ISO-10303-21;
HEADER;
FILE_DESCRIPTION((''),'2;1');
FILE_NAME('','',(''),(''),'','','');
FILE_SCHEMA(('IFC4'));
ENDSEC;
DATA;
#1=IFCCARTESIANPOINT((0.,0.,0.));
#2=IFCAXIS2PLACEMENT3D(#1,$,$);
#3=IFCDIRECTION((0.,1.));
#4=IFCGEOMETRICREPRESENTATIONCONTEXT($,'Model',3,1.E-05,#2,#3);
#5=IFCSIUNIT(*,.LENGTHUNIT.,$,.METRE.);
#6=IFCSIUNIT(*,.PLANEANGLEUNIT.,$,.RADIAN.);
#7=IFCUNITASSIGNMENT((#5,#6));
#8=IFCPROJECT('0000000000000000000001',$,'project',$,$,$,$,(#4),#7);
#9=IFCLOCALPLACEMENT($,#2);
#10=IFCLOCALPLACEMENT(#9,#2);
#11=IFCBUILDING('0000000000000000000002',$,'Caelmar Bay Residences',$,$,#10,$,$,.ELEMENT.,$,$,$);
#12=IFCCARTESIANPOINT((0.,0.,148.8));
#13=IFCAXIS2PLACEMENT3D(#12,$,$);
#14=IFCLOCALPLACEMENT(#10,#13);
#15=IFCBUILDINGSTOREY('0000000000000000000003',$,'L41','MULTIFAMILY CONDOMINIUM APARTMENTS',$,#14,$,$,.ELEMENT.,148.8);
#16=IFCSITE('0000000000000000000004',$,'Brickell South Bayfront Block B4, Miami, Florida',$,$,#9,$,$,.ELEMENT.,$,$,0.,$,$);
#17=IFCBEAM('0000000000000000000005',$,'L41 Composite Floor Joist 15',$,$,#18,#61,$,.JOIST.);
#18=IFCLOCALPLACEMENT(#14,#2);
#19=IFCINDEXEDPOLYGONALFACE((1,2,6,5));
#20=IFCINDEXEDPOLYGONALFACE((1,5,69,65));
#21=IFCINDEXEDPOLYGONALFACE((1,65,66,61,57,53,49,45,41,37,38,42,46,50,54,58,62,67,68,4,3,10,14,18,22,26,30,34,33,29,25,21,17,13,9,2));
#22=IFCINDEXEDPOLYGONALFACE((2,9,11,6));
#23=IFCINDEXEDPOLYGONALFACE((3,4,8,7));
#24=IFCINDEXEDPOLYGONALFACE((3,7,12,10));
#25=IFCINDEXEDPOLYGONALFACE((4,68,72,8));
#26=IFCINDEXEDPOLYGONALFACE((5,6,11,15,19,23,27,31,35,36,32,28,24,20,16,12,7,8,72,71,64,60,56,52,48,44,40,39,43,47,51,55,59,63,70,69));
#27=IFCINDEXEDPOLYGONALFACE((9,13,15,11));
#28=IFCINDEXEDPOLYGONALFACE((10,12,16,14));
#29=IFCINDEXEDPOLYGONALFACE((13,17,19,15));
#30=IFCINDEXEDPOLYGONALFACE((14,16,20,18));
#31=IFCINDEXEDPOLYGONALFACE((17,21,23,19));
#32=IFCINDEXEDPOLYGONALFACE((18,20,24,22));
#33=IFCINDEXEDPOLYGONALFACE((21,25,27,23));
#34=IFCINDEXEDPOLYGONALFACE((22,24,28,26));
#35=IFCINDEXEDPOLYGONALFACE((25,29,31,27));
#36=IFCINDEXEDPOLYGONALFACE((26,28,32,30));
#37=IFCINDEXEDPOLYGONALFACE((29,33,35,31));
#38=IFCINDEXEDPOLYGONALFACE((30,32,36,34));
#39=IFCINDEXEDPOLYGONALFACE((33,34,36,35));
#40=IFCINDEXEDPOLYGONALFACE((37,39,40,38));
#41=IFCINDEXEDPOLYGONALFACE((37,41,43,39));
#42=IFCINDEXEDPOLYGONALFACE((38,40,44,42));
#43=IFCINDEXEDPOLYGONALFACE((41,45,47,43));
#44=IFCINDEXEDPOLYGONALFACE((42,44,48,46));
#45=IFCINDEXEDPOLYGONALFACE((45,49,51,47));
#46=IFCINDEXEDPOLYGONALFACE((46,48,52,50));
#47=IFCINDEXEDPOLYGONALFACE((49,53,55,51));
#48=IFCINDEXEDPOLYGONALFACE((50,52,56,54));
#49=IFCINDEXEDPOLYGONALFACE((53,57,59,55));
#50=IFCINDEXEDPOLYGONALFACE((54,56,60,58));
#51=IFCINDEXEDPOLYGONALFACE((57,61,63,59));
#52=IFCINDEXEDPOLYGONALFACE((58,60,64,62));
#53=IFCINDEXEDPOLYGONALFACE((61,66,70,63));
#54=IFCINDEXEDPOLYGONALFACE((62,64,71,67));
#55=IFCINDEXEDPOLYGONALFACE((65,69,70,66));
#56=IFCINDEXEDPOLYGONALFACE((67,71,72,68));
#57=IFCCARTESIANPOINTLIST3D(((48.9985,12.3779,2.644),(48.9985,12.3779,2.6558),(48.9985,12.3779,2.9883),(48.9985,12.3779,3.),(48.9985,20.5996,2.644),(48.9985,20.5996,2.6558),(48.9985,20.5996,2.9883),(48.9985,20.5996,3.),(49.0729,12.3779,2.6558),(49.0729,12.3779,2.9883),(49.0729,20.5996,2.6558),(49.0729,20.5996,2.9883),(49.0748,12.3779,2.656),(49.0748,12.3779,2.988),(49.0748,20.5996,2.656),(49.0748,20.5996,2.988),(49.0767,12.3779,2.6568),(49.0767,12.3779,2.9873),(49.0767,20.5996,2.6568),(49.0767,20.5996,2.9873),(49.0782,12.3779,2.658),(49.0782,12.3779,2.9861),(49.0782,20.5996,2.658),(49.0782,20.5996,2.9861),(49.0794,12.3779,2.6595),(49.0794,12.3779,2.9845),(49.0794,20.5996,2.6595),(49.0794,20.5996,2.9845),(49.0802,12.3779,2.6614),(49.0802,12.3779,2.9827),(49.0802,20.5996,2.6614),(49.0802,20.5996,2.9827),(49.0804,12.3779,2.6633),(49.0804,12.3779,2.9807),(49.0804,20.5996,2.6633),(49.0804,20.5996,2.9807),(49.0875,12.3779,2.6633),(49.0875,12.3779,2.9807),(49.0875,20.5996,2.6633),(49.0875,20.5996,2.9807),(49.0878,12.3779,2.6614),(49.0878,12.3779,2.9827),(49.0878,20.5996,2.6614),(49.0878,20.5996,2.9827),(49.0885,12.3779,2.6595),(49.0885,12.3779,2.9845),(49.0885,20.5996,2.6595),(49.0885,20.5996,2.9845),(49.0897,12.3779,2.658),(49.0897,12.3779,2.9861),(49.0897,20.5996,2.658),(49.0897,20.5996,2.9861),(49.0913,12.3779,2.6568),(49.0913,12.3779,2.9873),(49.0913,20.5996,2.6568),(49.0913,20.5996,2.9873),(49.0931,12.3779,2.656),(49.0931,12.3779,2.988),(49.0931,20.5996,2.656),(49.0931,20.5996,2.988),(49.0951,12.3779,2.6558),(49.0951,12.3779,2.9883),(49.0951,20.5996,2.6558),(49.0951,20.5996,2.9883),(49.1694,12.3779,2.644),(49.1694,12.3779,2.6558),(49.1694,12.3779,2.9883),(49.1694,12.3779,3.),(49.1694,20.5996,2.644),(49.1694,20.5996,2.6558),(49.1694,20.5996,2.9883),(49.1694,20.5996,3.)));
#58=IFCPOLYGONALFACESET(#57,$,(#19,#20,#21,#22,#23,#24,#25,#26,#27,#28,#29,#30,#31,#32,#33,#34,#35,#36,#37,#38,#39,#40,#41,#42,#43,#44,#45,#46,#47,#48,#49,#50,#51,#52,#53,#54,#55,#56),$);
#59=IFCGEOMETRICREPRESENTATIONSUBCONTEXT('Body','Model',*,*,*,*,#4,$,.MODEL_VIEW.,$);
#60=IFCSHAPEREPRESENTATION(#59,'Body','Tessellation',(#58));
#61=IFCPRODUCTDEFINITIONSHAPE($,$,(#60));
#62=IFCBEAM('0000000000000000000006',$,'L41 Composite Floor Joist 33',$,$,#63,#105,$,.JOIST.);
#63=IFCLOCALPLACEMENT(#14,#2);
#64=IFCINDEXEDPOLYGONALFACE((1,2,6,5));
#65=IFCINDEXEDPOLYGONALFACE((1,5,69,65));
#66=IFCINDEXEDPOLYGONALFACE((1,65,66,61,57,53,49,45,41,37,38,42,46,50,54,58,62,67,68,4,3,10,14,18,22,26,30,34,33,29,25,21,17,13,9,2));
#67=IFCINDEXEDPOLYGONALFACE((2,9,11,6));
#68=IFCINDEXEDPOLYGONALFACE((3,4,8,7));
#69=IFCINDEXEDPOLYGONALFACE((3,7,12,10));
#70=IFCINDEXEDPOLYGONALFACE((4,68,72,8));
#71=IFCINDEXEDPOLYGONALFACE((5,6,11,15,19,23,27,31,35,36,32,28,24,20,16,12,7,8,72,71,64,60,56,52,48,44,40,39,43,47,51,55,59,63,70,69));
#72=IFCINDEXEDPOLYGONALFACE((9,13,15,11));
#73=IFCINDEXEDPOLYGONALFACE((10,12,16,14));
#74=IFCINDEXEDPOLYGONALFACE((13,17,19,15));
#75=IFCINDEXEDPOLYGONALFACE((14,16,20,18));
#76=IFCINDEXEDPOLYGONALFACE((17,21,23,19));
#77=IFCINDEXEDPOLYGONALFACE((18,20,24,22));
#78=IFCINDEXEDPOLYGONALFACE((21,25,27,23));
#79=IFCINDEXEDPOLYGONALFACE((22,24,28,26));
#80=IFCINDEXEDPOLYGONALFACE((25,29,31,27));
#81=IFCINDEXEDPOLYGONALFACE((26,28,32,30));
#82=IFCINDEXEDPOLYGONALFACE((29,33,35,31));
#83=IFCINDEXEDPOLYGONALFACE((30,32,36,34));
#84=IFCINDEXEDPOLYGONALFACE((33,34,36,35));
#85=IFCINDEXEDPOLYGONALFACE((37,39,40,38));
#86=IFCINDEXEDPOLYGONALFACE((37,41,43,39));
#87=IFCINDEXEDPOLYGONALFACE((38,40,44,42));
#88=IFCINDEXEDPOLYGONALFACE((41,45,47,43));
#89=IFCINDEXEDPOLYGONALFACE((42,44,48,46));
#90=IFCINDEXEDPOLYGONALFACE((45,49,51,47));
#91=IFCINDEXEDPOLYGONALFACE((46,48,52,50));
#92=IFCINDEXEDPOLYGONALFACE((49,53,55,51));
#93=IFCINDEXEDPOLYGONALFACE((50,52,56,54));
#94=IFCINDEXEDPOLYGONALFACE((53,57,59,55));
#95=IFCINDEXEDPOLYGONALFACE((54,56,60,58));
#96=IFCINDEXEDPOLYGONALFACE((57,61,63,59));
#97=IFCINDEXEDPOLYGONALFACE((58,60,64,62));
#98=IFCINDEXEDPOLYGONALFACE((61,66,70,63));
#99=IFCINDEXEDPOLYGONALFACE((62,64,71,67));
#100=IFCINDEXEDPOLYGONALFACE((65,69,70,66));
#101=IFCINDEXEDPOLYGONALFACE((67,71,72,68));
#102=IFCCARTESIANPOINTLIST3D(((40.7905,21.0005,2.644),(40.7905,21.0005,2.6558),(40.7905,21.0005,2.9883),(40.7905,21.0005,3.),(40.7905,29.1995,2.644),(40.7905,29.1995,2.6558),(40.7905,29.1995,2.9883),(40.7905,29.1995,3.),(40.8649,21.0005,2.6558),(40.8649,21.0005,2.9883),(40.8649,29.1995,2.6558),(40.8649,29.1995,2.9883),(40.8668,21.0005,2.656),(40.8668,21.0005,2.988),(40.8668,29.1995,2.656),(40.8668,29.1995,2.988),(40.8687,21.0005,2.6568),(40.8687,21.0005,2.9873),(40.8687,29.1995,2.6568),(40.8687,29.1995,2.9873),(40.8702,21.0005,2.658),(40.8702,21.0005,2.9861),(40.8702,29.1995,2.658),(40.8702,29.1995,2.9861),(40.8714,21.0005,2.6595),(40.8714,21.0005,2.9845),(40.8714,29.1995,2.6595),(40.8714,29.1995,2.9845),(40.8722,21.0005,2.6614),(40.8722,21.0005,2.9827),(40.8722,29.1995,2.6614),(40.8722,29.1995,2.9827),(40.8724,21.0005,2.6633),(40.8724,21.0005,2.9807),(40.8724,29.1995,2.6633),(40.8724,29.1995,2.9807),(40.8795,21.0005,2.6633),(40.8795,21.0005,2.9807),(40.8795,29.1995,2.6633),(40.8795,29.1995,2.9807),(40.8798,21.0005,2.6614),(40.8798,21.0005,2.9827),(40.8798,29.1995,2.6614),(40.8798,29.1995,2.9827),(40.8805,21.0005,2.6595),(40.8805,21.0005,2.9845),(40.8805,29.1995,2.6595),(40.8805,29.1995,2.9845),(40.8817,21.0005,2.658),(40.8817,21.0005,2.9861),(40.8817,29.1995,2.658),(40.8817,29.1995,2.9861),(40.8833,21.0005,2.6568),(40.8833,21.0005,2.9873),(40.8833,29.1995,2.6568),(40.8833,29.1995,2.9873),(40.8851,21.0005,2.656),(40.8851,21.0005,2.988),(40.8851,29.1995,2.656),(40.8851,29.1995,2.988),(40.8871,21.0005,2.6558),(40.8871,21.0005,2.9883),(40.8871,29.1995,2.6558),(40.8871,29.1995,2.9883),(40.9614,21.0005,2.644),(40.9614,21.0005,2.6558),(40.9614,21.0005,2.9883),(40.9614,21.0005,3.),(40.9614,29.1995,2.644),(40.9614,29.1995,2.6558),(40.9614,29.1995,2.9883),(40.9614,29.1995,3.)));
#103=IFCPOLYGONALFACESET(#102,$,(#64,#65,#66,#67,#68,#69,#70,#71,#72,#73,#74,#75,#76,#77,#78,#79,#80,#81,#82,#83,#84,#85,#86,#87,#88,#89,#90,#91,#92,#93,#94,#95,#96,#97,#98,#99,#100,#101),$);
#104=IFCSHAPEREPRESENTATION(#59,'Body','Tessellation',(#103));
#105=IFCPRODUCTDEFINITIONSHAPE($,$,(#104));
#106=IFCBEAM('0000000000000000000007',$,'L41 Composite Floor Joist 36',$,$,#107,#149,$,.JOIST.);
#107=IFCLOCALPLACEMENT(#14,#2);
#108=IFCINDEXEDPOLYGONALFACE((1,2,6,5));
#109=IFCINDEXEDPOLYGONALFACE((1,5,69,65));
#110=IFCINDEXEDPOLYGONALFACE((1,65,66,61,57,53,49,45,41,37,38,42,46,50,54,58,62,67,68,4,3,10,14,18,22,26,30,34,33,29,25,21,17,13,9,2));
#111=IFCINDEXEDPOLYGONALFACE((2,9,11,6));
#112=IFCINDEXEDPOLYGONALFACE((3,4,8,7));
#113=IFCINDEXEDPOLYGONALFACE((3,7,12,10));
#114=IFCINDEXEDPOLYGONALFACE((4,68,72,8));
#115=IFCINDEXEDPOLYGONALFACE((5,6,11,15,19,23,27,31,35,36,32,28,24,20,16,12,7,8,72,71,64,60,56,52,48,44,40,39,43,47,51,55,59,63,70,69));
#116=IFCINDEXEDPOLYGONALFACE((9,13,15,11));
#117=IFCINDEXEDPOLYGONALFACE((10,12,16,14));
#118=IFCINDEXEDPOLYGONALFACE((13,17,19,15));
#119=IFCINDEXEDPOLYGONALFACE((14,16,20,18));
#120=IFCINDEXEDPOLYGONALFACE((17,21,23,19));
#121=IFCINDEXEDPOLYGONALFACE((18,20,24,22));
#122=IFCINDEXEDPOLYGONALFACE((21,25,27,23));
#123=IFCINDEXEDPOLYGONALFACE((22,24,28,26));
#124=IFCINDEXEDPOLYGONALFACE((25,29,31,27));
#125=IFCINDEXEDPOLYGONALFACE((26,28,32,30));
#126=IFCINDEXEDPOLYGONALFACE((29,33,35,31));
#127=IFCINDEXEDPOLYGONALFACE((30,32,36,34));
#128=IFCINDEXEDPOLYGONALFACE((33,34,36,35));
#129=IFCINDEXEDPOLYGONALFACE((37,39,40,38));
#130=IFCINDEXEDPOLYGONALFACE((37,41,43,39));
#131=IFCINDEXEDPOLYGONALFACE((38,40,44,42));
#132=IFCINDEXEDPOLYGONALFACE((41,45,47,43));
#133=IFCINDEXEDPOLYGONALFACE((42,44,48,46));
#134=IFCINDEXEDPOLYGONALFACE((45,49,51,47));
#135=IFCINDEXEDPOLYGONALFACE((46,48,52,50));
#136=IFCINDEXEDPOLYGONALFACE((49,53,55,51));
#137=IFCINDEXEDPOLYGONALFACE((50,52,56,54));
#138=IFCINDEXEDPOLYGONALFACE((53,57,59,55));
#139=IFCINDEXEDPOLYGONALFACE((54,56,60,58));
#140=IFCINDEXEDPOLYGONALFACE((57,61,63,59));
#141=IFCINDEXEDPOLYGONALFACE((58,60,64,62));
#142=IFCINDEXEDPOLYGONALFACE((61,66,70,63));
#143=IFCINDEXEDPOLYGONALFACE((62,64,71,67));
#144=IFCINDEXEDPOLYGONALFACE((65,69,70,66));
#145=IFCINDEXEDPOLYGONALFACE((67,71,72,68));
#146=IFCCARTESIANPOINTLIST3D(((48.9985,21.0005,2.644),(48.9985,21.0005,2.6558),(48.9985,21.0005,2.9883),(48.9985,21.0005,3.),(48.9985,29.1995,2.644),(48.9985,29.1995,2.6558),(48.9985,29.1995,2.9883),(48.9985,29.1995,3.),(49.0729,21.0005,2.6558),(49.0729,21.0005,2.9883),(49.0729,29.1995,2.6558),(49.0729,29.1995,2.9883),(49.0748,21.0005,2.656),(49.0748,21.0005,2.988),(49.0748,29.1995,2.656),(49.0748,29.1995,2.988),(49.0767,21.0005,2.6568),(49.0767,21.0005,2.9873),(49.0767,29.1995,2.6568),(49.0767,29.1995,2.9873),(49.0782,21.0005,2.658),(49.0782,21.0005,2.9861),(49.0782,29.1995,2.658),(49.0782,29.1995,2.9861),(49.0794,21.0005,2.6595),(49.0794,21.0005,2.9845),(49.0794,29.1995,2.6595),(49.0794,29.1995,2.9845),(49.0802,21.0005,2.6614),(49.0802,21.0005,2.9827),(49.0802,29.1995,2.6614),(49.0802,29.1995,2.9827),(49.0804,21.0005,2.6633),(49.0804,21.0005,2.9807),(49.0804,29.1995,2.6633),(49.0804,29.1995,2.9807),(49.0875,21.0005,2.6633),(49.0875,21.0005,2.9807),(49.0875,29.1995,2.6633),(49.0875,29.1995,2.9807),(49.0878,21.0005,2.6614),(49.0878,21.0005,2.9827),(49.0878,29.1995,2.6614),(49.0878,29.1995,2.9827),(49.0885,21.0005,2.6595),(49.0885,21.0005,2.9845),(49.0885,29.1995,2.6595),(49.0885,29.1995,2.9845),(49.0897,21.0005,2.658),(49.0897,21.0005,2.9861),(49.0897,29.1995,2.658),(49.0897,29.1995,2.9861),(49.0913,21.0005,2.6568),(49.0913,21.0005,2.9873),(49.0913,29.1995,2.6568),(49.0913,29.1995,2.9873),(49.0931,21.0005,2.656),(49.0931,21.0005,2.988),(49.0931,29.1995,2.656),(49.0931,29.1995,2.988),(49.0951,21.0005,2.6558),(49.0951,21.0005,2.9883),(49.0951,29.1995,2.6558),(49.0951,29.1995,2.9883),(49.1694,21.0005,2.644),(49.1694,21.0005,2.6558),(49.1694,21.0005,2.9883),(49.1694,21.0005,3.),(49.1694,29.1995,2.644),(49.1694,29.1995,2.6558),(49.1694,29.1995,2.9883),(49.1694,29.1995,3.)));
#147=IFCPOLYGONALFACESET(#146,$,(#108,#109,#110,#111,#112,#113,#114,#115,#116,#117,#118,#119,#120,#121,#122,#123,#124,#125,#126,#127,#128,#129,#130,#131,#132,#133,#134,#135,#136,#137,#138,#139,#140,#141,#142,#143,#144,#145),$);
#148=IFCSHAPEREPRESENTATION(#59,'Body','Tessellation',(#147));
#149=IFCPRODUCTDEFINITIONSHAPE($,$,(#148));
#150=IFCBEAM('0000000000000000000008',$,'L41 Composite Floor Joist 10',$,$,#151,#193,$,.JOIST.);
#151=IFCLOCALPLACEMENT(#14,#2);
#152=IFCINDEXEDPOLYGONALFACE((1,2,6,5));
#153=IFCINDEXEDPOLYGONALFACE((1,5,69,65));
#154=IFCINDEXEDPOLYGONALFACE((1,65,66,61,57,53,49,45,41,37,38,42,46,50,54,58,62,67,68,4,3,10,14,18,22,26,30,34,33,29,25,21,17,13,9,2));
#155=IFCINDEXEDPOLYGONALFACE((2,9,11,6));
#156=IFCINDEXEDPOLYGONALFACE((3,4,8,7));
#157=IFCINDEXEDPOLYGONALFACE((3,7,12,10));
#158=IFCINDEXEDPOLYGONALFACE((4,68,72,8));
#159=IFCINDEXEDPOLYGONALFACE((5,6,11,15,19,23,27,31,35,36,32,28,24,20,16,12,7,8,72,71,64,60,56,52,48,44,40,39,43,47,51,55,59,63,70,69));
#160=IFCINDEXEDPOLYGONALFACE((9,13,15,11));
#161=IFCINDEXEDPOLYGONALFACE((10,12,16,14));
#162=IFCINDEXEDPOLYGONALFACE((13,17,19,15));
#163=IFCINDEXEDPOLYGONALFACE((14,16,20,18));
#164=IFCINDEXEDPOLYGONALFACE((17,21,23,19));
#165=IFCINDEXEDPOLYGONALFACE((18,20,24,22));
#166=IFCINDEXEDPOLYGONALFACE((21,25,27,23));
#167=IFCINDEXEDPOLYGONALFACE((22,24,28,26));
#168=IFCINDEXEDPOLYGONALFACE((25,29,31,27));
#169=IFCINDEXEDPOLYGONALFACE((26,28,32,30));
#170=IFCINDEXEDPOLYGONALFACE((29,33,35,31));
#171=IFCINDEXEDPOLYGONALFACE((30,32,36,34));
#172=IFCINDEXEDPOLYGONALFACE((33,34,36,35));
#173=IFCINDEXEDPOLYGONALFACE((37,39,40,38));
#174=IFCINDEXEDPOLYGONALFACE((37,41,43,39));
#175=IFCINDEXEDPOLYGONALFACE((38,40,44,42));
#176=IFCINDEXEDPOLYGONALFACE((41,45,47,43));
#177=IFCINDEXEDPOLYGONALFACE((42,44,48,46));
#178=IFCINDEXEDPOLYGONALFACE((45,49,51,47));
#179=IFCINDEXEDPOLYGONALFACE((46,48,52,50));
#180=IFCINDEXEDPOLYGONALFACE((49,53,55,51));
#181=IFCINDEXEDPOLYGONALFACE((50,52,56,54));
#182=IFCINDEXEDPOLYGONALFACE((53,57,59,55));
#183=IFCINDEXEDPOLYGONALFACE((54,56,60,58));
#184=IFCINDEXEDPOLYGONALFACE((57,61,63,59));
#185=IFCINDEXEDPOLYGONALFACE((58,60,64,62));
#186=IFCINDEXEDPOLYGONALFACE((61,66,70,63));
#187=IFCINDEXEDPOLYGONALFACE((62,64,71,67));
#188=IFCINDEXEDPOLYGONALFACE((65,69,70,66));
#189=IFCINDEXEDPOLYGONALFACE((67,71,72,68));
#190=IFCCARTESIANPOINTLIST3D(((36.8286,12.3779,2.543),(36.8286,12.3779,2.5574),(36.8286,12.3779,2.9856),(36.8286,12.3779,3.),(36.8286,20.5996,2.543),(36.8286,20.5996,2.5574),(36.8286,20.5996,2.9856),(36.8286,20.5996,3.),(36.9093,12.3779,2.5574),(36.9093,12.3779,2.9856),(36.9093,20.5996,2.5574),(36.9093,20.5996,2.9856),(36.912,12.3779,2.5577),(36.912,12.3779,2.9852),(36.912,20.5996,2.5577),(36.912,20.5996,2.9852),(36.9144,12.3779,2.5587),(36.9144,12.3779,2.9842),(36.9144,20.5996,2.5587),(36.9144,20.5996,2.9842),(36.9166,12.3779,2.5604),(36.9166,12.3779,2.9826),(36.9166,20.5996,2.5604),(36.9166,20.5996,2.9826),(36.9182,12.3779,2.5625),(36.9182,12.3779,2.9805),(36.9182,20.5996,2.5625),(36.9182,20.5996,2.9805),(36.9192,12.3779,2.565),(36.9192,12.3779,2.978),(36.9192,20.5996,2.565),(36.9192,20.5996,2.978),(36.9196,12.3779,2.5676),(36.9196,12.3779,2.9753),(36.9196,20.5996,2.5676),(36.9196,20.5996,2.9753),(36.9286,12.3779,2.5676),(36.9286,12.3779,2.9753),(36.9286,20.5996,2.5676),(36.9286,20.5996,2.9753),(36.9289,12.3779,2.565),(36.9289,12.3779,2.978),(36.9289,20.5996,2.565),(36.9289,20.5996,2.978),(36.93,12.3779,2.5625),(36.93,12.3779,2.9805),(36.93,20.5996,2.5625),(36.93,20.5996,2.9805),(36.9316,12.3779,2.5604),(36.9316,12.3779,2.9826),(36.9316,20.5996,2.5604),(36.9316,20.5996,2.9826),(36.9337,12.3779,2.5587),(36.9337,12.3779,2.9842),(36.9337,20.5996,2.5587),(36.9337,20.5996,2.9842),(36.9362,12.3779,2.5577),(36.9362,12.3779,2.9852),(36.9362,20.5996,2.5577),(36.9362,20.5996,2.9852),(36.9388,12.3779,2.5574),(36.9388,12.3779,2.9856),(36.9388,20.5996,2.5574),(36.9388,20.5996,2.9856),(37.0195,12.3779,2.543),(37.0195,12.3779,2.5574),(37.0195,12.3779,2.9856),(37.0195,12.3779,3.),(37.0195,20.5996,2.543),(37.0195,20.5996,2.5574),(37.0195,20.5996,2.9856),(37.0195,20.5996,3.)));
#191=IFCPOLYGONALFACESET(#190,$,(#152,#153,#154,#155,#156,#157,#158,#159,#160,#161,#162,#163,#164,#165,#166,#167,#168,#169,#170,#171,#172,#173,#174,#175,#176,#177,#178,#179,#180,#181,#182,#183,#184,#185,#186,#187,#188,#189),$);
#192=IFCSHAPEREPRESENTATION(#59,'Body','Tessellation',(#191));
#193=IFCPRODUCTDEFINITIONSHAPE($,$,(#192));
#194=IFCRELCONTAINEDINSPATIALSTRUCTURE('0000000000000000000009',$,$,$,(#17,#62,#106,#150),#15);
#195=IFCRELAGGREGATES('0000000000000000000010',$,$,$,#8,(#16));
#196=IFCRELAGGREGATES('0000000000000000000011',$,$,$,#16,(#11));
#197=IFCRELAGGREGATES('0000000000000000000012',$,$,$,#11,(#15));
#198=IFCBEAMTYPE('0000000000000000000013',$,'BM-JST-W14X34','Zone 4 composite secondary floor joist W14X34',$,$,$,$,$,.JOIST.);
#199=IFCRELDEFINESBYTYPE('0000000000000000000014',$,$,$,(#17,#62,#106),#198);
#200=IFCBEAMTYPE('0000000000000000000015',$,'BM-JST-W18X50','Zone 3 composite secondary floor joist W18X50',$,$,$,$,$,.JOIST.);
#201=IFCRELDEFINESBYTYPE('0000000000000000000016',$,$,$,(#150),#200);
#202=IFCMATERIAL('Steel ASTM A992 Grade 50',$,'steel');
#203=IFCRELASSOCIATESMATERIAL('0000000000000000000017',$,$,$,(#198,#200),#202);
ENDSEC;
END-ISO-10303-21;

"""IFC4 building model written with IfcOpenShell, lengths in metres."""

from ifc_helpers import new_model, si_unit, direction, frame, origin, origin_2d, place, context, subcontext, project, spatial, i_section, extrude, material, material_profile, profile_set, type_object, element, save


model = new_model("IFC4")

# Units and contexts
model_context = context("Model", 3, precision=1e-05, world=origin(), true_north=direction((0.0, 1.0)))
body_context = subcontext(model_context, "Body", "Model", "MODEL_VIEW")
ifc_project = project(units=[si_unit("LENGTHUNIT", "METRE"), si_unit("PLANEANGLEUNIT", "RADIAN")], contexts=[model_context])

# Site, building, storey
site_placement = place(None, origin())
site = spatial("IfcSite", under=ifc_project, at=site_placement, Name="Brickell South Bayfront Block B4, Miami, Florida", CompositionType="ELEMENT", RefElevation=0.0)
building_placement = place(site_placement, origin())
building = spatial("IfcBuilding", under=site, at=building_placement, Name="Caelmar Bay Residences", CompositionType="ELEMENT")
storey_placement = place(building_placement, frame((0.0, 0.0, 148.8)))
storey = spatial("IfcBuildingStorey", under=building, at=storey_placement, Name="L41", Description="MULTIFAMILY CONDOMINIUM APARTMENTS", CompositionType="ELEMENT", Elevation=148.8)

# Beams
ifc_material_1 = material(Name="Steel ASTM A992 Grade 50", Category="steel")
ifc_material_profile_1 = material_profile(ifc_material_1, i_section(OverallWidth=0.1709, OverallDepth=0.356, WebThickness=0.0071, FlangeThickness=0.0117, FilletRadius=0.0076, at=origin_2d()), Name="W14X34")
ifc_profile_set_1 = profile_set([ifc_material_profile_1], Name="Steel ASTM A992 Grade 50")
beam_type_1 = type_object("IfcBeamType", Name="BM-JST-W14X34", Description="Zone 4 composite secondary floor joist W14X34", PredefinedType="JOIST", material=ifc_profile_set_1)
for number, where, z_axis, x_axis, name in (
    (1, (49.084, 12.3779, 2.822), (0.0, 1.0, 0.0), (-1.0, 0.0, 0.0), "L41 Composite Floor Joist 15"),
):
    element("IfcBeam", number, at=place(storey_placement, frame(where, z_axis=z_axis, x_axis=x_axis)), inside=storey, type_object=beam_type_1, Name=name, PredefinedType="JOIST", context=body_context, shape_type="SweptSolid", body=[
        extrude(i_section(OverallWidth=0.1709, OverallDepth=0.356, WebThickness=0.0071, FlangeThickness=0.0117, FilletRadius=0.0076, at=origin_2d()), origin(), (0.0, 0.0, 1.0), 8.2217),
    ])
for number, where, z_axis, x_axis, name in (
    (2, (40.876, 21.0005, 2.822), (0.0, 1.0, 0.0), (-1.0, 0.0, 0.0), "L41 Composite Floor Joist 33"),
    (3, (49.084, 21.0005, 2.822), (0.0, 1.0, 0.0), (-1.0, 0.0, 0.0), "L41 Composite Floor Joist 36"),
):
    element("IfcBeam", number, at=place(storey_placement, frame(where, z_axis=z_axis, x_axis=x_axis)), inside=storey, type_object=beam_type_1, Name=name, PredefinedType="JOIST", context=body_context, shape_type="SweptSolid", body=[
        extrude(i_section(OverallWidth=0.1709, OverallDepth=0.356, WebThickness=0.0071, FlangeThickness=0.0117, FilletRadius=0.0076, at=origin_2d()), origin(), (0.0, 0.0, 1.0), 8.199),
    ])
ifc_material_profile_2 = material_profile(ifc_material_1, i_section(OverallWidth=0.1909, OverallDepth=0.457, WebThickness=0.009, FlangeThickness=0.0144, FilletRadius=0.0103, at=origin_2d()), Name="W18X50")
ifc_profile_set_2 = profile_set([ifc_material_profile_2], Name="Steel ASTM A992 Grade 50")
beam_type_2 = type_object("IfcBeamType", Name="BM-JST-W18X50", Description="Zone 3 composite secondary floor joist W18X50", PredefinedType="JOIST", material=ifc_profile_set_2)
for number, where, z_axis, x_axis, name in (
    (4, (36.9241, 12.3779, 2.7715), (0.0, 1.0, 0.0), (-1.0, 0.0, 0.0), "L41 Composite Floor Joist 10"),
):
    element("IfcBeam", number, at=place(storey_placement, frame(where, z_axis=z_axis, x_axis=x_axis)), inside=storey, type_object=beam_type_2, Name=name, PredefinedType="JOIST", context=body_context, shape_type="SweptSolid", body=[
        extrude(i_section(OverallWidth=0.1909, OverallDepth=0.457, WebThickness=0.009, FlangeThickness=0.0144, FilletRadius=0.0103, at=origin_2d()), origin(), (0.0, 0.0, 1.0), 8.2217),
    ])

save(model, "model.ifc")
